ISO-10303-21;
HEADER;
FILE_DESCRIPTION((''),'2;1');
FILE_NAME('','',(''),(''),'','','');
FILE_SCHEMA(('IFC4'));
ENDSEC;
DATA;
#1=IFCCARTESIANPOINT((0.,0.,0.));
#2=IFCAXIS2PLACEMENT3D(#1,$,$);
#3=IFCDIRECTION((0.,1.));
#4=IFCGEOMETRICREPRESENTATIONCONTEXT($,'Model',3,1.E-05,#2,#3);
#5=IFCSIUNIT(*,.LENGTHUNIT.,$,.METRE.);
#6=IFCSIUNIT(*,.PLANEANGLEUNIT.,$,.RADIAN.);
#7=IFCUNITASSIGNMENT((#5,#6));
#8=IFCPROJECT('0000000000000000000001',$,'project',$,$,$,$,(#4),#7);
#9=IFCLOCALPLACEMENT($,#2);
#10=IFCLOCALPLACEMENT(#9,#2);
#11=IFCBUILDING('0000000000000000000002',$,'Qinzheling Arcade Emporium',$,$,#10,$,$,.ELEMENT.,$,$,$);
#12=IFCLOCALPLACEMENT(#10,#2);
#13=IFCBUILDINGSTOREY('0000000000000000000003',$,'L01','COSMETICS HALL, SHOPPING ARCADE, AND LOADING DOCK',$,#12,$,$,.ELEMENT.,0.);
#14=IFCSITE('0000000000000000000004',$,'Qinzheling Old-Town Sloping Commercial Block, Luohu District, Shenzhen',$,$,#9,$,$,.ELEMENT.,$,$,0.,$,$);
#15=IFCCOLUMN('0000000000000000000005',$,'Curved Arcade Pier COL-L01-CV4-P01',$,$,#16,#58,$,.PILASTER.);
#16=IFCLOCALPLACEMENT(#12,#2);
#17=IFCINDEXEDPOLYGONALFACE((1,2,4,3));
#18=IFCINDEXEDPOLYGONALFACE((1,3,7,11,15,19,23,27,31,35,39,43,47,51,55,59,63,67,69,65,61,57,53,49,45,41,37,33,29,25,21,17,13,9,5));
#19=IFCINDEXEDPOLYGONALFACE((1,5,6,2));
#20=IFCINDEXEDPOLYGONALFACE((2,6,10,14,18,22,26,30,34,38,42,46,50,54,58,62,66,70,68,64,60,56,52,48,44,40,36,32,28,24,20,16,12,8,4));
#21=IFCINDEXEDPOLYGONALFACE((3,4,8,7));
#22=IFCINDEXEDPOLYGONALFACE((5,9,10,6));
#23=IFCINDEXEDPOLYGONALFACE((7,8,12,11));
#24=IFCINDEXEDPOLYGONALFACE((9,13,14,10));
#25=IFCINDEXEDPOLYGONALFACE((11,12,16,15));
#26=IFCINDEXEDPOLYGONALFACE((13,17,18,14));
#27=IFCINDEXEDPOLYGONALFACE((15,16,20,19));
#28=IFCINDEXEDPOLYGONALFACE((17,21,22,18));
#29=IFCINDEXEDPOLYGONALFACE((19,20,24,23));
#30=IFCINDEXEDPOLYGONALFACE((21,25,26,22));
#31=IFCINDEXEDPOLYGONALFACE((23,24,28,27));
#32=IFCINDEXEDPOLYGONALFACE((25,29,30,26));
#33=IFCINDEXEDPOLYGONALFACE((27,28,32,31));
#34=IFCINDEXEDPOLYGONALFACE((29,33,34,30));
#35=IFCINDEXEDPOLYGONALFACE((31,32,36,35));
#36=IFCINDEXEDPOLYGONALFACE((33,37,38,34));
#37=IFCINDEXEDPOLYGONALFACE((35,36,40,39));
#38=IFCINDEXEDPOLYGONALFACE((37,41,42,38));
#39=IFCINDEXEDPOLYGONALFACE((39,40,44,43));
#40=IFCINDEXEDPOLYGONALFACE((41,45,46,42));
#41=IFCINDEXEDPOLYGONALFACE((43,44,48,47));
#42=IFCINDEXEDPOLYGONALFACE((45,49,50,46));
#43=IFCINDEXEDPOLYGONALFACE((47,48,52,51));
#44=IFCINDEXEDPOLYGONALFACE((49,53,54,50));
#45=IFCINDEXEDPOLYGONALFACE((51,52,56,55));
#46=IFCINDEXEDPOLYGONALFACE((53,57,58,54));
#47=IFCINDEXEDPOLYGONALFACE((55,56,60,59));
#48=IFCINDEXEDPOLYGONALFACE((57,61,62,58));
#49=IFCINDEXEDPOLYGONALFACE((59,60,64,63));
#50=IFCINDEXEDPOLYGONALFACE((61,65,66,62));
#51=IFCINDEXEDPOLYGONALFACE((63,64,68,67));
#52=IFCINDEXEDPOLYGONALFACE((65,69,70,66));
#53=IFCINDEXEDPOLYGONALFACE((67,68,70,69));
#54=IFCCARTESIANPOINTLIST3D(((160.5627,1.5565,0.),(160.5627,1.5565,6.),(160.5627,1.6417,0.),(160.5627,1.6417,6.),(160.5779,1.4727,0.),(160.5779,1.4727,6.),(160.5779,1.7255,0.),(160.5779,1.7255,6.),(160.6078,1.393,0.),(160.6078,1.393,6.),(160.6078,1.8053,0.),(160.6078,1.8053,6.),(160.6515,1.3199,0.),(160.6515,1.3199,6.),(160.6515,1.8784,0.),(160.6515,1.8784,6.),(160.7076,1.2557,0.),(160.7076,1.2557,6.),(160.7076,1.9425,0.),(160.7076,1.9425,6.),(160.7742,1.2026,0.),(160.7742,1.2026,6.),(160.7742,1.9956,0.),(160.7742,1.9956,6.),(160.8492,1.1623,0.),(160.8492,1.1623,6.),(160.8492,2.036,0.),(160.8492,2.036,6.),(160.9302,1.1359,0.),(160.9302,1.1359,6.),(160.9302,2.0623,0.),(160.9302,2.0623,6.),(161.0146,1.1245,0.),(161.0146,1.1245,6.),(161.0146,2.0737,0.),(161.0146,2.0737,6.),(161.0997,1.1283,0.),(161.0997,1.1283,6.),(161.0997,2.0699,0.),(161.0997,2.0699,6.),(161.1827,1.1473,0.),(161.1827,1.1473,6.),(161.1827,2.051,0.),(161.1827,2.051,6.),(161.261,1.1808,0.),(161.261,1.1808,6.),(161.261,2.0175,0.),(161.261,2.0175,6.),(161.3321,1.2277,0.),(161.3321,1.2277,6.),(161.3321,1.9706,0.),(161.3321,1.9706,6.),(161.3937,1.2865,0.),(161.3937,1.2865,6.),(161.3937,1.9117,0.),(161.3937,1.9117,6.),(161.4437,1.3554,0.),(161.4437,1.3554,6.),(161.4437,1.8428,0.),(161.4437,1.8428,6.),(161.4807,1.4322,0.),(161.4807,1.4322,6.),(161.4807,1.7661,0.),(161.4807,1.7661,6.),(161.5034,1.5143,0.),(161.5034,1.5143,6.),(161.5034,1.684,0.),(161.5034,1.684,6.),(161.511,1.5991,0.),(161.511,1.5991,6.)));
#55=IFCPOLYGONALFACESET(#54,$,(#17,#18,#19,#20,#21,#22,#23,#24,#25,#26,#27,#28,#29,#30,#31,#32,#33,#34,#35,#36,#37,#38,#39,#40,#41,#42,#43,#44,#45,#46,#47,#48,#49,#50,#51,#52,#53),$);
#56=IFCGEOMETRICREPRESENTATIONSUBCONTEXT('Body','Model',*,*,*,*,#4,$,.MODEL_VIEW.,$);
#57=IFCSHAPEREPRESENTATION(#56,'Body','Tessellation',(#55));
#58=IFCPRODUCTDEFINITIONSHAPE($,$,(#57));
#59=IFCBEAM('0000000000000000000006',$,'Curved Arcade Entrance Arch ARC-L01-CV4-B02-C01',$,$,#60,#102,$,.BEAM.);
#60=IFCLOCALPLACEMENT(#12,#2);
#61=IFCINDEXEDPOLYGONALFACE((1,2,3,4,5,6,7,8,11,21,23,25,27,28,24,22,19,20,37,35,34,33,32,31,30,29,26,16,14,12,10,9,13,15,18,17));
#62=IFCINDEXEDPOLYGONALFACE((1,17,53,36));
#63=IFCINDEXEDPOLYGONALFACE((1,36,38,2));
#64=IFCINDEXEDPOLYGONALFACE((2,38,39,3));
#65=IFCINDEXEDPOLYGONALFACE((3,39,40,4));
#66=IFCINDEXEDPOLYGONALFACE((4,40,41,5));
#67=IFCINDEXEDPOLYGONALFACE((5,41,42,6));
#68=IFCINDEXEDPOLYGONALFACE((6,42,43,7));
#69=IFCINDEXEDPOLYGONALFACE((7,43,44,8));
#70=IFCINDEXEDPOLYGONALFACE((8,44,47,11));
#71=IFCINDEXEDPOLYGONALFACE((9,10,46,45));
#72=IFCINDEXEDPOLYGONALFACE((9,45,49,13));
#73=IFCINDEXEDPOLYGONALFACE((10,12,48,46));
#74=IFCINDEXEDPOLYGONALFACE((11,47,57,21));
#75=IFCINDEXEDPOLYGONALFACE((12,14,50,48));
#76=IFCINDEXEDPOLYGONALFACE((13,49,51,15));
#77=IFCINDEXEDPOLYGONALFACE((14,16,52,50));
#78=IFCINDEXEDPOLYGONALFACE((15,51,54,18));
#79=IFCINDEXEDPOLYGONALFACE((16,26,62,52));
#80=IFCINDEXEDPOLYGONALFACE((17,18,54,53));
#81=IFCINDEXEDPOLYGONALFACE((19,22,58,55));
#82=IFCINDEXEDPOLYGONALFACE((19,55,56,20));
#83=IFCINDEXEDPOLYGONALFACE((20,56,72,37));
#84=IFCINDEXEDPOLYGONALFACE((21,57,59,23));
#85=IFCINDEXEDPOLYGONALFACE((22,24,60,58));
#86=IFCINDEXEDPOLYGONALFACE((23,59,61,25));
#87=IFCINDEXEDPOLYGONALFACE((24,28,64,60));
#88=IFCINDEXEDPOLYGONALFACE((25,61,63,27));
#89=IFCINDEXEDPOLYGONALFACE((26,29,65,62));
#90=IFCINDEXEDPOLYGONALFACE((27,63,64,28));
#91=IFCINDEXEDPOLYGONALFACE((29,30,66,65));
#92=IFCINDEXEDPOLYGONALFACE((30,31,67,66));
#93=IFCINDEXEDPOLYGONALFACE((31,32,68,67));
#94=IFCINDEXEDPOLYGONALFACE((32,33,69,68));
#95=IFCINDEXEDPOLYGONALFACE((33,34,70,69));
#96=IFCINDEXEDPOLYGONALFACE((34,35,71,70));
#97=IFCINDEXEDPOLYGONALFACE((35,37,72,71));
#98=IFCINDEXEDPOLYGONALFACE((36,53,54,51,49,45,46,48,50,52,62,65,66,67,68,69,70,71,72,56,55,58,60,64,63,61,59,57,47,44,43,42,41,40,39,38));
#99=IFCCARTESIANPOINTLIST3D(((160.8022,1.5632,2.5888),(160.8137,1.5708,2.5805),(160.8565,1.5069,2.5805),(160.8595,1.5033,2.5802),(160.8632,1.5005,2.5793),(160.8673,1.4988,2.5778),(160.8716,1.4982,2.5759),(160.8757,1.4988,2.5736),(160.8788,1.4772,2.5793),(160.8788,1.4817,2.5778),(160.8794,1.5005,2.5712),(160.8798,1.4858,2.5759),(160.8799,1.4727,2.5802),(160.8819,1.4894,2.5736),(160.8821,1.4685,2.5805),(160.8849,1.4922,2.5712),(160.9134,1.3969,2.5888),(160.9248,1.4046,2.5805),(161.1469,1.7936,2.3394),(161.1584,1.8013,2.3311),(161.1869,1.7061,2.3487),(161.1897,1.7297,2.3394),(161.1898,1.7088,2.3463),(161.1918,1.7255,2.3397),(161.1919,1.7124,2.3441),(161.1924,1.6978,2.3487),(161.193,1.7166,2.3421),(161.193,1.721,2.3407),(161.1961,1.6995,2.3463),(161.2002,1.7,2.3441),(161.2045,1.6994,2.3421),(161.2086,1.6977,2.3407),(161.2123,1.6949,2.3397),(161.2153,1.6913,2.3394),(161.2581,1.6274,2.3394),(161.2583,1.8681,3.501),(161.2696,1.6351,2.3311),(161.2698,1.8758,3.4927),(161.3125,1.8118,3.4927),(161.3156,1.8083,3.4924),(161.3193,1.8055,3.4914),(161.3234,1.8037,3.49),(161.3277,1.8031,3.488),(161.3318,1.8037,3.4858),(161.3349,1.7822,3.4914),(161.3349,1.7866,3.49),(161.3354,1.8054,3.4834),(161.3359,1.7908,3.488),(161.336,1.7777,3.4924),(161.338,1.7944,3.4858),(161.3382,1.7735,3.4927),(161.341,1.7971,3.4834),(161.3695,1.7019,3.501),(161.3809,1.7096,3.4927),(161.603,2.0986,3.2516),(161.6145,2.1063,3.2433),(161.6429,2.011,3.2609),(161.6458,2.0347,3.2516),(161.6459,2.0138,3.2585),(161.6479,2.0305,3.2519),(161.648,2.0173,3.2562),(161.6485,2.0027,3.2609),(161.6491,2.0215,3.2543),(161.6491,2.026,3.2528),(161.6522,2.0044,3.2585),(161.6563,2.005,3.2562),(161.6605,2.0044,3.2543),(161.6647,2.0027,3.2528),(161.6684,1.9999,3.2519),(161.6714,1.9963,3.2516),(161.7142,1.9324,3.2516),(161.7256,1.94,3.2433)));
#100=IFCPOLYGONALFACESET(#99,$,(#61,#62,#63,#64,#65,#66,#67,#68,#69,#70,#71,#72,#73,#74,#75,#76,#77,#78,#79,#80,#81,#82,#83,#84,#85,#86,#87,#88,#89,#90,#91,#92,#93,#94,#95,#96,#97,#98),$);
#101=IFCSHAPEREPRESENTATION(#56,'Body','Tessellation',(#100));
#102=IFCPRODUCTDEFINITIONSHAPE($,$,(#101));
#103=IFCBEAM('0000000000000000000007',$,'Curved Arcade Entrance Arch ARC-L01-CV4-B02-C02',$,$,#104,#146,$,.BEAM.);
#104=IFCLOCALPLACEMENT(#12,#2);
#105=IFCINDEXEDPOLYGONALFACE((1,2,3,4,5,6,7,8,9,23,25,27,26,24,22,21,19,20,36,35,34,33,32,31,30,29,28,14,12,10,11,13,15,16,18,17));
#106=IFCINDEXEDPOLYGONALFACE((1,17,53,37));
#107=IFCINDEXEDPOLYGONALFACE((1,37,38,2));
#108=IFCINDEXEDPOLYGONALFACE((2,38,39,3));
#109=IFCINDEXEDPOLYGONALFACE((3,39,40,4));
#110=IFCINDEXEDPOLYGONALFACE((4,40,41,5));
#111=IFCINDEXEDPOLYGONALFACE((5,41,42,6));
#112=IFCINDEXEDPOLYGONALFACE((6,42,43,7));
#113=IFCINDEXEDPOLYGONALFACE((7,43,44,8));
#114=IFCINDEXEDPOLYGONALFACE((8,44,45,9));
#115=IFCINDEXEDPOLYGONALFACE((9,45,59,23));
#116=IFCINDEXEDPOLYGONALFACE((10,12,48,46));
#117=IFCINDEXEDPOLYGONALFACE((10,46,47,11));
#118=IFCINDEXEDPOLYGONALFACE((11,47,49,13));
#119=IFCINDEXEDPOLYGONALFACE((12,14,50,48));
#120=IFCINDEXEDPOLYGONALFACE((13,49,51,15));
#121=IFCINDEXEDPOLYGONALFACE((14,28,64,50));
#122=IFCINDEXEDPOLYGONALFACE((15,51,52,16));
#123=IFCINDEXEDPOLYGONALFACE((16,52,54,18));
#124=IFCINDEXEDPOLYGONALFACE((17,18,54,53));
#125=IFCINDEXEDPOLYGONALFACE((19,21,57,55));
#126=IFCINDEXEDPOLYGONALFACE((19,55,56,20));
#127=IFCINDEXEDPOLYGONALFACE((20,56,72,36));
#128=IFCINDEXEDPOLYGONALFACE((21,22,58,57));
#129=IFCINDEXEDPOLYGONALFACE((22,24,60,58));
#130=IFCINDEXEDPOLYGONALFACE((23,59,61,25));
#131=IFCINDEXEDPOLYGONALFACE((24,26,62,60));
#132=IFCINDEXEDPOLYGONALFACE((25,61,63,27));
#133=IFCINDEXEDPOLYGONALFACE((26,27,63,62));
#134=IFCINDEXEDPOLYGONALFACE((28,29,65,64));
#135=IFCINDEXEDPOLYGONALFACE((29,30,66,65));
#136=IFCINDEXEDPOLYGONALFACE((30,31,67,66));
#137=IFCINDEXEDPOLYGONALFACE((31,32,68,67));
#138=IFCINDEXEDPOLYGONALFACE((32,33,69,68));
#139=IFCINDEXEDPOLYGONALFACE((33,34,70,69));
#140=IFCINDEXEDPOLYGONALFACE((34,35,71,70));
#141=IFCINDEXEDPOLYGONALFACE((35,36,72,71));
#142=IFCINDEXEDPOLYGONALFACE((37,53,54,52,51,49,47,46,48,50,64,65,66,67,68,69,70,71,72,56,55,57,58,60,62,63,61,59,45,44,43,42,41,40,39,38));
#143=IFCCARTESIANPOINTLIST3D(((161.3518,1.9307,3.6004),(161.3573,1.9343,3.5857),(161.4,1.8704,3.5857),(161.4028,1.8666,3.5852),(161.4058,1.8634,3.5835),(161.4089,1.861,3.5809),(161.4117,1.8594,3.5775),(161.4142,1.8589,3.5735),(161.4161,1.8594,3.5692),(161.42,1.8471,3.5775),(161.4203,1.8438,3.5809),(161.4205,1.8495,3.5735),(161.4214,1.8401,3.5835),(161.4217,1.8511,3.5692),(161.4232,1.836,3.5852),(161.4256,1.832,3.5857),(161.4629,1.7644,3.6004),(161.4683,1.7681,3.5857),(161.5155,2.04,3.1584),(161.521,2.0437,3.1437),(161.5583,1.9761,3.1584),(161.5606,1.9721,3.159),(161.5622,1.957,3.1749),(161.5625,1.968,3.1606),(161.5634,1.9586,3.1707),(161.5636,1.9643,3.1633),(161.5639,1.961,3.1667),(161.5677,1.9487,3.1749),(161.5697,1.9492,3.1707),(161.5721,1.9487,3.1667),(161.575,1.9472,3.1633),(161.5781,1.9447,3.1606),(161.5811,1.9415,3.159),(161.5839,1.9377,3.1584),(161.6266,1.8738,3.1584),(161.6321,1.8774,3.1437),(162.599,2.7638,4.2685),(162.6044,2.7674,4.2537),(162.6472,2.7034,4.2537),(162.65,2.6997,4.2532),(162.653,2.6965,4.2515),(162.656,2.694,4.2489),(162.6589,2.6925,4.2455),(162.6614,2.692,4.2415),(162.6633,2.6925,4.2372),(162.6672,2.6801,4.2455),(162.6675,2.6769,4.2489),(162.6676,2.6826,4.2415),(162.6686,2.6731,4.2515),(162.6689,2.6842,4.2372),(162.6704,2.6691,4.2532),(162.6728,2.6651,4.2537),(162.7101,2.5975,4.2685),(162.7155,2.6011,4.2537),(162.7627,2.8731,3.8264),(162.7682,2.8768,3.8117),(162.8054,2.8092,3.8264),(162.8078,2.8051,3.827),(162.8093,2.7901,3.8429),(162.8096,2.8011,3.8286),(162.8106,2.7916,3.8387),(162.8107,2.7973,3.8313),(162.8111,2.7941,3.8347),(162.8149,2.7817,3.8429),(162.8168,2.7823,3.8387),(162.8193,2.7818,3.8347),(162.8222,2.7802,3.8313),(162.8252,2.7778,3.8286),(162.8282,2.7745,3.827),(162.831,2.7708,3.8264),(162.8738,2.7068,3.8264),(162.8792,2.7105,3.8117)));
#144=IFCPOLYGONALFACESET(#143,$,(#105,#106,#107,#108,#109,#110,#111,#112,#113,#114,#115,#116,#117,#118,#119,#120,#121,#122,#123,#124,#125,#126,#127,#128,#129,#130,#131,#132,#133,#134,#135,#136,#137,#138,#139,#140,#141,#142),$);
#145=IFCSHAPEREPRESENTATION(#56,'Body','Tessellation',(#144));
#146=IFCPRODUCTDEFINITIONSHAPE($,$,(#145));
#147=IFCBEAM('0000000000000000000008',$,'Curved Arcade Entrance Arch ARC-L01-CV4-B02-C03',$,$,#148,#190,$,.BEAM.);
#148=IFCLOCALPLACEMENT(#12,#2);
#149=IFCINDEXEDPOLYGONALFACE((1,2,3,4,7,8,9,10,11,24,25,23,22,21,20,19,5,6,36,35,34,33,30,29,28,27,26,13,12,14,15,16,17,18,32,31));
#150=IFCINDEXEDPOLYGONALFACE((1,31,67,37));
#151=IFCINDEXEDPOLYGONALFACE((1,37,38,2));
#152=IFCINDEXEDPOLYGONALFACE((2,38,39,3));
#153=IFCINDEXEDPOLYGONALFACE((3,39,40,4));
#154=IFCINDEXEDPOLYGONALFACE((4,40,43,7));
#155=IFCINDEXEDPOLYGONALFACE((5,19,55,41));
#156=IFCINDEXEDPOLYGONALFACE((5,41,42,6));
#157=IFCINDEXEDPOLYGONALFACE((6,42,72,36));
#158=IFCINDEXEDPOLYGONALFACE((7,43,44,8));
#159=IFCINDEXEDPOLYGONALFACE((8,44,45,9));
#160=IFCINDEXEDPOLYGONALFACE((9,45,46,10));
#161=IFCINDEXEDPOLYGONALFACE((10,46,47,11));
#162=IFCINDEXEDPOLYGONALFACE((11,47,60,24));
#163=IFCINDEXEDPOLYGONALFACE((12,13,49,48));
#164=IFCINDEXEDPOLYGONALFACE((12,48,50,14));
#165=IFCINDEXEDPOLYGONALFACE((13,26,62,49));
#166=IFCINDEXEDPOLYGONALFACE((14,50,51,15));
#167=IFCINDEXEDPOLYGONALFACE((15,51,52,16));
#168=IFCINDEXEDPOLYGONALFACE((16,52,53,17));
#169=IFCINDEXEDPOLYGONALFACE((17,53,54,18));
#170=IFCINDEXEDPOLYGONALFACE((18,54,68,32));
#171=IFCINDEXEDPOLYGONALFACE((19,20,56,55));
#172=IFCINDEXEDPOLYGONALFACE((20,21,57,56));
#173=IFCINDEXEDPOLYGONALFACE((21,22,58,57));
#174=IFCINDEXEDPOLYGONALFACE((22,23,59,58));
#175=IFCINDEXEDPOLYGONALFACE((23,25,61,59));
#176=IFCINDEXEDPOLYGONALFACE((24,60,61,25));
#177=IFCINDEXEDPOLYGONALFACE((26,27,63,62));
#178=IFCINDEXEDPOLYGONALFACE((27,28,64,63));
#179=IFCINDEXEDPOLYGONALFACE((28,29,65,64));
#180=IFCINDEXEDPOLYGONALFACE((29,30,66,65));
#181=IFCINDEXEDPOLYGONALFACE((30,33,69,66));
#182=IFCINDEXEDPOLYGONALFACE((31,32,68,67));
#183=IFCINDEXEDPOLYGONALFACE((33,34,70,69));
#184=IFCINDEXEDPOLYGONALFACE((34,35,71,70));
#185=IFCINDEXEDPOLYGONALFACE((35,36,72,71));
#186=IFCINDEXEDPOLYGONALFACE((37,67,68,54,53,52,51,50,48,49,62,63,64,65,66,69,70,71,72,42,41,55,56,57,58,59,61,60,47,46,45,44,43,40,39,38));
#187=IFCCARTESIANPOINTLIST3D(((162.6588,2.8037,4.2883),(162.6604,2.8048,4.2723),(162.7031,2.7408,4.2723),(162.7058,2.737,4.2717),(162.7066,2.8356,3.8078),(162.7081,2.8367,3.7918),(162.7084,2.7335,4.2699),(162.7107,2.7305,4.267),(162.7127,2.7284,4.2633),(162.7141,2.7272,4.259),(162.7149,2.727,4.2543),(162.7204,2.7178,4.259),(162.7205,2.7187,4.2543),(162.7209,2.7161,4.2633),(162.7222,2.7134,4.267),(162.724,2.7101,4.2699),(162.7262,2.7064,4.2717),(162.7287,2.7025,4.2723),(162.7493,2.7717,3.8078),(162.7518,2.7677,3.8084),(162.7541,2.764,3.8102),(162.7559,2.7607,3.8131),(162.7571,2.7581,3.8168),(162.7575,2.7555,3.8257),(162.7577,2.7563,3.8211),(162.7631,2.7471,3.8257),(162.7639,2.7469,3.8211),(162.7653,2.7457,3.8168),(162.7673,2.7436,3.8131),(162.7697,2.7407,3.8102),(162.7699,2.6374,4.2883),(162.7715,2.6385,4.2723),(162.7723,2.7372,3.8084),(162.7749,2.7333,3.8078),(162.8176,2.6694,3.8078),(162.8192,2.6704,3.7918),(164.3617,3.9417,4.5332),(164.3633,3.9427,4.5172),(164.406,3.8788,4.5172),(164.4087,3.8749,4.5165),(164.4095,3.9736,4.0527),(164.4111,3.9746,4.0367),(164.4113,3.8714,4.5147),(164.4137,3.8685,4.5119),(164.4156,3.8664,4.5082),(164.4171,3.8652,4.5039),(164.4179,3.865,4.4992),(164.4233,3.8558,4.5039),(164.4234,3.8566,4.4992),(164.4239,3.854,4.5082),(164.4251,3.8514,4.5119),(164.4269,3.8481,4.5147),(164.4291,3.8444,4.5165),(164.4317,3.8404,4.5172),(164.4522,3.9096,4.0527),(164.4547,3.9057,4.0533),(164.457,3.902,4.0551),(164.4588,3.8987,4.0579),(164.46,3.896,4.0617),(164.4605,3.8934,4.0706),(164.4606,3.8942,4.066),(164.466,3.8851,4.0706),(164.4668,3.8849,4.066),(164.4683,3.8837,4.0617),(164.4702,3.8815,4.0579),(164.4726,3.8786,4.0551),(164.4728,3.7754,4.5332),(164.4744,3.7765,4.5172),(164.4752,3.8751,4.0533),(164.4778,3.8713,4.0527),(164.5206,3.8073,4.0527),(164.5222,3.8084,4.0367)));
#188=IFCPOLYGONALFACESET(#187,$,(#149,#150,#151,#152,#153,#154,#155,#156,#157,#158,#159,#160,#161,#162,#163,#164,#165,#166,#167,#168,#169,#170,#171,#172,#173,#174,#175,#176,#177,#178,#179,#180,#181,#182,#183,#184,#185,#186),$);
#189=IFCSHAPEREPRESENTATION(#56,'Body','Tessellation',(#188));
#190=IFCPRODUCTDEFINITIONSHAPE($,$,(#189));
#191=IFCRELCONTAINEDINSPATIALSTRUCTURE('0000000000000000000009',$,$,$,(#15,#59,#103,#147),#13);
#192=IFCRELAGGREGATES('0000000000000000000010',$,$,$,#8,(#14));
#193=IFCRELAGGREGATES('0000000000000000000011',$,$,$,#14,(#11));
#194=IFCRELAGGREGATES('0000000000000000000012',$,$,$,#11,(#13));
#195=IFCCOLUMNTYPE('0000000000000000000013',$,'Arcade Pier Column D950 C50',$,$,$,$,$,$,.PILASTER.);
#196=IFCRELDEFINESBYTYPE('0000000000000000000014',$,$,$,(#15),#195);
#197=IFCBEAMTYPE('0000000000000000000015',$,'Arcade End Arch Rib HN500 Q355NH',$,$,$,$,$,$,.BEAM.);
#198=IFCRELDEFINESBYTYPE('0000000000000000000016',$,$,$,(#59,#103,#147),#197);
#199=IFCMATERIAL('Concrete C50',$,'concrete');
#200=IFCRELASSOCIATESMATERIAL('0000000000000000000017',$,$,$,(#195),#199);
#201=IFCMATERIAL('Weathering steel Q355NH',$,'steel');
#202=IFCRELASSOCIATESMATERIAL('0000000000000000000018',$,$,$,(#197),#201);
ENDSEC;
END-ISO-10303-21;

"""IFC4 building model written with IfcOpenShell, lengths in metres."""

from ifc_helpers import new_model, si_unit, direction, frame, origin, origin_2d, place, context, subcontext, project, spatial, circle, i_section, extrude, material, material_profile, profile_set, type_object, element, save


model = new_model("IFC4")

# Units and contexts
model_context = context("Model", 3, precision=1e-05, world=origin(), true_north=direction((0.0, 1.0)))
body_context = subcontext(model_context, "Body", "Model", "MODEL_VIEW")
ifc_project = project(units=[si_unit("LENGTHUNIT", "METRE"), si_unit("PLANEANGLEUNIT", "RADIAN")], contexts=[model_context])

# Site, building, storey
site_placement = place(None, origin())
site = spatial("IfcSite", under=ifc_project, at=site_placement, Name="Qinzheling Old-Town Sloping Commercial Block, Luohu District, Shenzhen", CompositionType="ELEMENT", RefElevation=0.0)
building_placement = place(site_placement, origin())
building = spatial("IfcBuilding", under=site, at=building_placement, Name="Qinzheling Arcade Emporium", CompositionType="ELEMENT")
storey_placement = place(building_placement, origin())
storey = spatial("IfcBuildingStorey", under=building, at=storey_placement, Name="L01", Description="COSMETICS HALL, SHOPPING ARCADE, AND LOADING DOCK", CompositionType="ELEMENT", Elevation=0.0)

# Column
ifc_material_1 = material(Name="Concrete C50", Category="concrete")
ifc_material_profile_1 = material_profile(ifc_material_1, circle(Radius=0.4751, at=origin_2d()), Name="RC D950", Category="concrete")
ifc_profile_set_1 = profile_set([ifc_material_profile_1], Name="Concrete C50")
column_type = type_object("IfcColumnType", Name="Arcade Pier Column D950 C50", PredefinedType="PILASTER", material=ifc_profile_set_1)
column_placement = place(storey_placement, frame((161.0359, 1.5991, 0.0), z_axis=(0.0, 0.0, 1.0), x_axis=(1.0, 0.0, 0.0)))
element("IfcColumn", 1, at=column_placement, inside=storey, type_object=column_type, Name="Curved Arcade Pier COL-L01-CV4-P01", PredefinedType="PILASTER", context=body_context, shape_type="SweptSolid", body=[
    extrude(circle(Radius=0.4751, at=origin_2d()), origin(), (0.0, 0.0, 1.0), 6.0),
])

# Beams
ifc_material_2 = material(Name="Weathering steel Q355NH", Category="steel")
ifc_material_profile_2 = material_profile(ifc_material_2, i_section(OverallWidth=0.2, OverallDepth=0.5, WebThickness=0.01, FlangeThickness=0.0161, FilletRadius=0.0181, at=origin_2d()), Name="HN 500x200x10x16", Category="steel")
ifc_profile_set_2 = profile_set([ifc_material_profile_2], Name="Weathering steel Q355NH")
beam_type_1 = type_object("IfcBeamType", Name="Arcade End Arch Rib HN500 Q355NH", PredefinedType="BEAM", material=ifc_profile_set_2)
beam_1_placement = place(storey_placement, frame((161.0359, 1.5991, 2.46), z_axis=(0.428468, 0.286487, 0.856937), x_axis=(-0.555829, 0.831296, 0.0)))
element("IfcBeam", 2, at=beam_1_placement, inside=storey, type_object=beam_type_1, Name="Curved Arcade Entrance Arch ARC-L01-CV4-B02-C01", PredefinedType="BEAM", context=body_context, shape_type="SweptSolid", body=[
    extrude(i_section(OverallWidth=0.2, OverallDepth=0.5, WebThickness=0.01, FlangeThickness=0.0161, FilletRadius=0.0181, at=origin_2d()), origin(), (0.0, 0.0, 1.0), 1.0645),
])
beam_2_placement = place(storey_placement, frame((161.4919, 1.9041, 3.3721), z_axis=(0.759609, 0.507397, 0.406869), x_axis=(-0.555451, 0.831549, 0.0)))
element("IfcBeam", 3, at=beam_2_placement, inside=storey, type_object=beam_type_1, Name="Curved Arcade Entrance Arch ARC-L01-CV4-B02-C02", PredefinedType="BEAM", context=body_context, shape_type="SweptSolid", body=[
    extrude(i_section(OverallWidth=0.2, OverallDepth=0.5, WebThickness=0.01, FlangeThickness=0.0161, FilletRadius=0.0181, at=origin_2d()), origin(), (0.0, 0.0, 1.0), 1.6418),
])
beam_3_placement = place(storey_placement, frame((162.739, 2.7371, 4.04), z_axis=(0.825565, 0.551679, 0.118716), x_axis=(-0.555608, 0.831445, 0.0)))
element("IfcBeam", 4, at=beam_3_placement, inside=storey, type_object=beam_type_1, Name="Curved Arcade Entrance Arch ARC-L01-CV4-B02-C03", PredefinedType="BEAM", context=body_context, shape_type="SweptSolid", body=[
    extrude(i_section(OverallWidth=0.2, OverallDepth=0.5, WebThickness=0.01, FlangeThickness=0.0161, FilletRadius=0.0181, at=origin_2d()), origin(), (0.0, 0.0, 1.0), 2.0627),
])

save(model, "model.ifc")
